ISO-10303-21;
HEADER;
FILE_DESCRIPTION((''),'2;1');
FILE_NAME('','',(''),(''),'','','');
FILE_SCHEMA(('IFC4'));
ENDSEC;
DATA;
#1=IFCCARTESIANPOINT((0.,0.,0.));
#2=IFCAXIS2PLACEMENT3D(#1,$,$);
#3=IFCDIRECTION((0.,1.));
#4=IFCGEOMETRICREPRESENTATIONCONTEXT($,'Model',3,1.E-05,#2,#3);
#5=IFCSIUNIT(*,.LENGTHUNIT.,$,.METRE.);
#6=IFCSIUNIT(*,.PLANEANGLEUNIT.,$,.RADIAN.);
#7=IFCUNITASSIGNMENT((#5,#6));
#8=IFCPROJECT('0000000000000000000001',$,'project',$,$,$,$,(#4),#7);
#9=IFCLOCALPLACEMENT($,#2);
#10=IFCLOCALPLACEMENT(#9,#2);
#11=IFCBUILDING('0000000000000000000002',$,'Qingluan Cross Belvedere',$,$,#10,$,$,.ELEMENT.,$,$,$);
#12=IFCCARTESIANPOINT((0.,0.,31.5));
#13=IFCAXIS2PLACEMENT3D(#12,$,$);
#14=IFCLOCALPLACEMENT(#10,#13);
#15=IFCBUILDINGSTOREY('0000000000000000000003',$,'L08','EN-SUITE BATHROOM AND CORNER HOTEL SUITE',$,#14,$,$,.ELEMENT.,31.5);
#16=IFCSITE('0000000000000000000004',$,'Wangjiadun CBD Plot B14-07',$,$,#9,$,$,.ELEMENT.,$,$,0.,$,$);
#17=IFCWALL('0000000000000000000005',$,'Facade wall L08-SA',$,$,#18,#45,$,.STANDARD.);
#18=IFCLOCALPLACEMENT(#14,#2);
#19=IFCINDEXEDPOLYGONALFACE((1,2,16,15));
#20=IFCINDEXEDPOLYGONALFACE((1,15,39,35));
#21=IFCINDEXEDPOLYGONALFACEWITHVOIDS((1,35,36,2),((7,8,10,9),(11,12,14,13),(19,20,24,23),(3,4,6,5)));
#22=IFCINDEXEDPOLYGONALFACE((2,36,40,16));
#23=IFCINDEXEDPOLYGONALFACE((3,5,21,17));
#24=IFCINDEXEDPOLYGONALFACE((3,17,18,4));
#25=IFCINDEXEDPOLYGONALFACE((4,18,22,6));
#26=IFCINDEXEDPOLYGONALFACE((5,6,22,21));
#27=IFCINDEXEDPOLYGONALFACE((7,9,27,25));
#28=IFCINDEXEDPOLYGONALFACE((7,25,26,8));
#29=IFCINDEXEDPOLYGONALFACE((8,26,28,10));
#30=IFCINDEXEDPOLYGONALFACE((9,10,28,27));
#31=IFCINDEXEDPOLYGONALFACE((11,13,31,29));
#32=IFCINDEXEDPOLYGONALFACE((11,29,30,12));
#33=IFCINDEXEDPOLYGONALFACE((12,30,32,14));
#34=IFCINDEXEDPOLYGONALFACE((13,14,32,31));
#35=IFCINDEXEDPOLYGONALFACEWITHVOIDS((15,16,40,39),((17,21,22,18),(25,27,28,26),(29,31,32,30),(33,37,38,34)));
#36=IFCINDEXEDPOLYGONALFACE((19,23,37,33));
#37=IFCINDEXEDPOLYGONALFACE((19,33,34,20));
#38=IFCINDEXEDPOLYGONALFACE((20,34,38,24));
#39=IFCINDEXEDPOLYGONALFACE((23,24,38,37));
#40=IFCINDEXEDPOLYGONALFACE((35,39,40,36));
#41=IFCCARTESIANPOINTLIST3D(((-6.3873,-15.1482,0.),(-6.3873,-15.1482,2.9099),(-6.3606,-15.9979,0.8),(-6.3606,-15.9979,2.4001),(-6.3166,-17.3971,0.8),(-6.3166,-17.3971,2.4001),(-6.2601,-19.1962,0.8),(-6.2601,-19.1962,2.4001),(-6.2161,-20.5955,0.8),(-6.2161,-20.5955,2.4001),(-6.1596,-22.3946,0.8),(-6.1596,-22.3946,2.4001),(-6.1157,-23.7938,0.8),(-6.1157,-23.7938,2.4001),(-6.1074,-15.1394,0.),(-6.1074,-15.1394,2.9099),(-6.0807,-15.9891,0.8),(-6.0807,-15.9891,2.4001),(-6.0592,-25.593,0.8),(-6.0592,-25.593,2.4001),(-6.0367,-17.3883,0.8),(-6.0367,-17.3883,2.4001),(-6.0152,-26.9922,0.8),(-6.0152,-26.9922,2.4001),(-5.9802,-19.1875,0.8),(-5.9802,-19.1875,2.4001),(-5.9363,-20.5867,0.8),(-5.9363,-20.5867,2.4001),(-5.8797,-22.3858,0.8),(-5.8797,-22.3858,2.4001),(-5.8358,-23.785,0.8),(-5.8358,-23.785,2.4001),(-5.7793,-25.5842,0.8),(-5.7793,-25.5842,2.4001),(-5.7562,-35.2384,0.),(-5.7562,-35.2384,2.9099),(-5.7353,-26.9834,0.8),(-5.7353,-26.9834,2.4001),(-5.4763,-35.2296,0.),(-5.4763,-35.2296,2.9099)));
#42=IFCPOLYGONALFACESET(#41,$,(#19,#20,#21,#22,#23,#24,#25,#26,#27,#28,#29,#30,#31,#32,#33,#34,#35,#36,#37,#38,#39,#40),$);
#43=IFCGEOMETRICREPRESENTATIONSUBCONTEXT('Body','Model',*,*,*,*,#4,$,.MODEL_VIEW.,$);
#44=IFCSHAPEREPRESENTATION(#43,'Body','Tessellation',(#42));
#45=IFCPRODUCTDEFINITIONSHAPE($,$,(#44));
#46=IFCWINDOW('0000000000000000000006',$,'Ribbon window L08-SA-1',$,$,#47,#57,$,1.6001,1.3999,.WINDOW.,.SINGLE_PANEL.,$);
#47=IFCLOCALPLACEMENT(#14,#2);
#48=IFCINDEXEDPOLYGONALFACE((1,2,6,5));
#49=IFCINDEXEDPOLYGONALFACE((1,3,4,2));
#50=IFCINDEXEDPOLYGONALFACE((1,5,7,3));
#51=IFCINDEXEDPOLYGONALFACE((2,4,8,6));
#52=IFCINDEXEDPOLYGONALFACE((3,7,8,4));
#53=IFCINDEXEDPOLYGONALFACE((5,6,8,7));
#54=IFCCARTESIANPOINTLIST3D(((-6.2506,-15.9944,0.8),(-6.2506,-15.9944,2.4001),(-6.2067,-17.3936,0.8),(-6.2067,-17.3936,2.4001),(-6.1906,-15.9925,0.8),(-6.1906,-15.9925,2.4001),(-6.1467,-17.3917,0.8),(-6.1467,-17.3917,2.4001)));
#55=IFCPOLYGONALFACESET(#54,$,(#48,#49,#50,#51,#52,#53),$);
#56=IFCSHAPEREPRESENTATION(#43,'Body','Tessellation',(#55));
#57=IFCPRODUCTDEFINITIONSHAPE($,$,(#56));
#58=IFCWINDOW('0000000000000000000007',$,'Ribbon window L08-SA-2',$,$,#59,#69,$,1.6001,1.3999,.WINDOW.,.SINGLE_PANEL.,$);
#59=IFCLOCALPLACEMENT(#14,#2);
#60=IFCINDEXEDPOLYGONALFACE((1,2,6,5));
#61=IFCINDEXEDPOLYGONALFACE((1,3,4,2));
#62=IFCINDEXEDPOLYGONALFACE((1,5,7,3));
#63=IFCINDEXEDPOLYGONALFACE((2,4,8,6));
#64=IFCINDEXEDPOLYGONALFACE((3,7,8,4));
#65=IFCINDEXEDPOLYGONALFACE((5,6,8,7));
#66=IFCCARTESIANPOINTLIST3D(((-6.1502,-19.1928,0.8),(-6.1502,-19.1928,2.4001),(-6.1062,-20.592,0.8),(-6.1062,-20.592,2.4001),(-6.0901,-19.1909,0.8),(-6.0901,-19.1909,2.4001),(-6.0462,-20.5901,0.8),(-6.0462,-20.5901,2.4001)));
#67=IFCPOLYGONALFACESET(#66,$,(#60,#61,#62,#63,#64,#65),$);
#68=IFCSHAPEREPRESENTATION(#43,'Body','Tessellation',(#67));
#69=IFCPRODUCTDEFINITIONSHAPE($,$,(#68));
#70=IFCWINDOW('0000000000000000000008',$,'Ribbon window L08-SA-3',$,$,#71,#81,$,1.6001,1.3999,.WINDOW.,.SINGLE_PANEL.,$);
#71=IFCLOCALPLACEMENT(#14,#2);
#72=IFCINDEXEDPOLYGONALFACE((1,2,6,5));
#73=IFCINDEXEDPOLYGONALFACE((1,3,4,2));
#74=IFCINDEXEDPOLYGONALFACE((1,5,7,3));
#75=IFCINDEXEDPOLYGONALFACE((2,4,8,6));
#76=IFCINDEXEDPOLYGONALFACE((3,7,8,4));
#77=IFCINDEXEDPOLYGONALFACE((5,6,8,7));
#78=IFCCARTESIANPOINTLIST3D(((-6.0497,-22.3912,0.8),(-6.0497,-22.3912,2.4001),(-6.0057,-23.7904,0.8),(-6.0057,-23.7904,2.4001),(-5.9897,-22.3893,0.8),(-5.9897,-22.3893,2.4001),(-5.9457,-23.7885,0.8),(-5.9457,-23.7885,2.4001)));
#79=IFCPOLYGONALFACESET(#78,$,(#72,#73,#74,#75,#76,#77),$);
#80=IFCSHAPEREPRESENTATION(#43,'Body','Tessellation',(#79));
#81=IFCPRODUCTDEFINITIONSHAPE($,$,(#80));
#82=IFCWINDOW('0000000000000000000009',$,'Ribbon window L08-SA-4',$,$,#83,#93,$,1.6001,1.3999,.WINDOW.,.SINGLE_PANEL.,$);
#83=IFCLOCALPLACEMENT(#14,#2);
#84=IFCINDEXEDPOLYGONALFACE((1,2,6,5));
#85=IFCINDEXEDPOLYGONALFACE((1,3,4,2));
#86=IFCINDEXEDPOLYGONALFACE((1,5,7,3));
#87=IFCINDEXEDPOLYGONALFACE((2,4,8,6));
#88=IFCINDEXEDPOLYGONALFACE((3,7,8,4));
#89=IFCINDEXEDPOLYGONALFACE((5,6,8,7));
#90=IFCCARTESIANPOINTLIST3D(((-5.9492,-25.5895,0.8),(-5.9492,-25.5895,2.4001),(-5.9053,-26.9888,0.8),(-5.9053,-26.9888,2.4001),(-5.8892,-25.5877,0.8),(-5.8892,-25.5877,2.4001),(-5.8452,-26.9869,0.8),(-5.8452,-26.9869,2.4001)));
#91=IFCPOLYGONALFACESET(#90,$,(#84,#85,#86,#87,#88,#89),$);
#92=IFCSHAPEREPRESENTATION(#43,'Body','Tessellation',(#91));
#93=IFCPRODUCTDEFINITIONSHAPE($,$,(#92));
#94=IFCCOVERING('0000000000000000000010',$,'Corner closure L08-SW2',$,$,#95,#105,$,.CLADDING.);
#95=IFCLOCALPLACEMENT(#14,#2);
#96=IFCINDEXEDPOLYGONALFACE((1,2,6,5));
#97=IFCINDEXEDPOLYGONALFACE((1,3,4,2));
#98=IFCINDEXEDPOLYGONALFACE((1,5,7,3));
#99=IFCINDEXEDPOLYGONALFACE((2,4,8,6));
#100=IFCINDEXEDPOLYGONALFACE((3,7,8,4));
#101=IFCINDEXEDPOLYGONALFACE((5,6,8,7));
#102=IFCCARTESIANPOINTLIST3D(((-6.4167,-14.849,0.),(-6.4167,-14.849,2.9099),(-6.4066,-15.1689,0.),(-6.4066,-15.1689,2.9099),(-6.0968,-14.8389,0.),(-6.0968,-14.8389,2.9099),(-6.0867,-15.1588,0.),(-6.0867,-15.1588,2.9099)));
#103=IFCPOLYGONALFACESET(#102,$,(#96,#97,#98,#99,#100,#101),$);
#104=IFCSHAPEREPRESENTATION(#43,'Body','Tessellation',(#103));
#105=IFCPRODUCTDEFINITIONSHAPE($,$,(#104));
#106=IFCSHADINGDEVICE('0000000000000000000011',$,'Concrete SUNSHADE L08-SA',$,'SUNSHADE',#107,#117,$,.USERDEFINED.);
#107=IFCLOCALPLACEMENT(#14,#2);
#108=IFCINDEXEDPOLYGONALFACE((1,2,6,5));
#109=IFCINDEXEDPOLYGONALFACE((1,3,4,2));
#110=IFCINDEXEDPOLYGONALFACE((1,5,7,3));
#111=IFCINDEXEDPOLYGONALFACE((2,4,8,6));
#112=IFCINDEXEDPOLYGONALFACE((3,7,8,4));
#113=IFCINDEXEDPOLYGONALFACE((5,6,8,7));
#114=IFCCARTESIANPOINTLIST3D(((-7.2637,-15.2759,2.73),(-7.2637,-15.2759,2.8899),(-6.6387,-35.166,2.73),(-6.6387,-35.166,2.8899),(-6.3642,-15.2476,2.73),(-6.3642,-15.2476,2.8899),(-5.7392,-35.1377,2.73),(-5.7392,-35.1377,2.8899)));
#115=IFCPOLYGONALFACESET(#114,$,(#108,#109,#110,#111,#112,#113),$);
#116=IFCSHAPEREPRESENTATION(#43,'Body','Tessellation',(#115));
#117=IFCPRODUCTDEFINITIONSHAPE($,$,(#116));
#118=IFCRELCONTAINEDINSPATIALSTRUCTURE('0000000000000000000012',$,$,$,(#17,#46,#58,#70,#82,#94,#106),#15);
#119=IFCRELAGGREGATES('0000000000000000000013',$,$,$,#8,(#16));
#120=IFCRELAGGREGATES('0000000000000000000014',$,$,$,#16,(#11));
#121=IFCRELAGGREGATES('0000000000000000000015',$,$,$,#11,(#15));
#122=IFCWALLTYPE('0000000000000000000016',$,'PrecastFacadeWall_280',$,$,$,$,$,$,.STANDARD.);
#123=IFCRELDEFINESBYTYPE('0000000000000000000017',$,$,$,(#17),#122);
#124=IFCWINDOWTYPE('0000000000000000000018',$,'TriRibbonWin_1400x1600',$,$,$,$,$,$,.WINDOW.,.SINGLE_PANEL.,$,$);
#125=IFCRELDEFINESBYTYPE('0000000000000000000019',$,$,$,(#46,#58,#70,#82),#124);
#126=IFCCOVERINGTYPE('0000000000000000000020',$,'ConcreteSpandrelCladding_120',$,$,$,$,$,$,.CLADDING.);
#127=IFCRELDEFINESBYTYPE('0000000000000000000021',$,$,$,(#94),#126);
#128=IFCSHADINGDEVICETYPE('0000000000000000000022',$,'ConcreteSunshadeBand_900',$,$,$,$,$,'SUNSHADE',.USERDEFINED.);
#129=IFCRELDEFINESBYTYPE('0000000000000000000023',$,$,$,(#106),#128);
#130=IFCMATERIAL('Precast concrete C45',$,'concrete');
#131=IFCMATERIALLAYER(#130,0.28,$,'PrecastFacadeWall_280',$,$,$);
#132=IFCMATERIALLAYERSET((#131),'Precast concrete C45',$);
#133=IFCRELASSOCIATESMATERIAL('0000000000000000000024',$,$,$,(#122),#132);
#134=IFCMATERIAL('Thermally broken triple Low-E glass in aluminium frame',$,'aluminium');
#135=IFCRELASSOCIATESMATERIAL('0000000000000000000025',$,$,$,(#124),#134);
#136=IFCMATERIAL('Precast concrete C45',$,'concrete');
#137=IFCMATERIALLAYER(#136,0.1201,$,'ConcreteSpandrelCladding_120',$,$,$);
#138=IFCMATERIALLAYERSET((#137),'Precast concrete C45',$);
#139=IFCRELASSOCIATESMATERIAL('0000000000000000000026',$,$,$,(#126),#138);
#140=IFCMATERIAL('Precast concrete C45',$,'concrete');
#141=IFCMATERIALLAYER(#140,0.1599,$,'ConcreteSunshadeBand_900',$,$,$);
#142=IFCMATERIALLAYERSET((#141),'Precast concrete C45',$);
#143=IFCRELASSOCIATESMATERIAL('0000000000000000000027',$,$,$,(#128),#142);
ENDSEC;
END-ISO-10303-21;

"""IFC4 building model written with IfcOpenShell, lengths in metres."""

from ifc_helpers import new_model, si_unit, direction, frame, frame_2d, origin, origin_2d, place, context, subcontext, project, spatial, rectangle, extrude, material, layer, layer_set, type_object, element, fill, save


model = new_model("IFC4")

# Units and contexts
model_context = context("Model", 3, precision=1e-05, world=origin(), true_north=direction((0.0, 1.0)))
body_context = subcontext(model_context, "Body", "Model", "MODEL_VIEW")
ifc_project = project(units=[si_unit("LENGTHUNIT", "METRE"), si_unit("PLANEANGLEUNIT", "RADIAN")], contexts=[model_context])

# Site, building, storey
site_placement = place(None, origin())
site = spatial("IfcSite", under=ifc_project, at=site_placement, Name="Wangjiadun CBD Plot B14-07", CompositionType="ELEMENT", RefElevation=0.0)
building_placement = place(site_placement, origin())
building = spatial("IfcBuilding", under=site, at=building_placement, Name="Qingluan Cross Belvedere", CompositionType="ELEMENT")
storey_placement = place(building_placement, frame((0.0, 0.0, 31.5)))
storey = spatial("IfcBuildingStorey", under=building, at=storey_placement, Name="L08", Description="EN-SUITE BATHROOM AND CORNER HOTEL SUITE", CompositionType="ELEMENT", Elevation=31.5)

# Wall, openings, windows
ifc_material_1 = material(Name="Precast concrete C45", Category="concrete")
ifc_layer_1 = layer(ifc_material_1, 0.28, Name="PrecastFacadeWall_280")
ifc_layer_set_1 = layer_set([ifc_layer_1], Name="Precast concrete C45")
wall_type_1 = type_object("IfcWallType", Name="PrecastFacadeWall_280", PredefinedType="STANDARD", material=ifc_layer_set_1)
wall_1_placement = place(storey_placement, frame((-6.2473, -15.1438, 0.0), z_axis=(0.0, 0.0, 1.0), x_axis=(0.031398, -0.999507, 0.0)))
wall_1 = element("IfcWall", 1, at=wall_1_placement, inside=storey, type_object=wall_type_1, Name="Facade wall L08-SA", PredefinedType="STANDARD", context=body_context, shape_type="SweptSolid", body=[
    extrude(rectangle(XDim=20.1001, YDim=0.28, at=frame_2d((10.05, 0.0))), origin(), (0.0, 0.0, 1.0), 2.9099),
])
opening_1_placement = place(wall_1_placement, frame((0.8501, 0.0, 0.8)))
opening_1 = element("IfcOpeningElement", 2, at=opening_1_placement, cuts=wall_1, PredefinedType="OPENING", context=body_context, shape_type="SweptSolid", body=[
    extrude(rectangle(XDim=1.3999, YDim=1.6001, at=frame_2d((0.7, 0.8))), frame((0.0, 0.1499, 0.0), z_axis=(0.0, -1.0, 0.0), x_axis=(1.0, 0.0, 0.0)), (0.0, 0.0, 1.0), 0.3),
])
opening_2_placement = place(wall_1_placement, frame((4.05, 0.0, 0.8)))
opening_2 = element("IfcOpeningElement", 3, at=opening_2_placement, cuts=wall_1, PredefinedType="OPENING", context=body_context, shape_type="SweptSolid", body=[
    extrude(rectangle(XDim=1.3999, YDim=1.6001, at=frame_2d((0.7, 0.8))), frame((0.0, 0.1499, 0.0), z_axis=(0.0, -1.0, 0.0), x_axis=(1.0, 0.0, 0.0)), (0.0, 0.0, 1.0), 0.3),
])
opening_3_placement = place(wall_1_placement, frame((7.25, 0.0, 0.8)))
opening_3 = element("IfcOpeningElement", 4, at=opening_3_placement, cuts=wall_1, PredefinedType="OPENING", context=body_context, shape_type="SweptSolid", body=[
    extrude(rectangle(XDim=1.3999, YDim=1.6001, at=frame_2d((0.7, 0.8))), frame((0.0, 0.1499, 0.0), z_axis=(0.0, -1.0, 0.0), x_axis=(1.0, 0.0, 0.0)), (0.0, 0.0, 1.0), 0.3),
])
opening_4_placement = place(wall_1_placement, frame((10.45, 0.0, 0.8)))
opening_4 = element("IfcOpeningElement", 5, at=opening_4_placement, cuts=wall_1, PredefinedType="OPENING", context=body_context, shape_type="SweptSolid", body=[
    extrude(rectangle(XDim=1.3999, YDim=1.6001, at=frame_2d((0.7, 0.8))), frame((0.0, 0.1499, 0.0), z_axis=(0.0, -1.0, 0.0), x_axis=(1.0, 0.0, 0.0)), (0.0, 0.0, 1.0), 0.3),
])
ifc_material_2 = material(Name="Thermally broken triple Low-E glass in aluminium frame", Category="aluminium")
window_type = type_object("IfcWindowType", Name="TriRibbonWin_1400x1600", PartitioningType="SINGLE_PANEL", PredefinedType="WINDOW", material=ifc_material_2)
window_1_placement = place(opening_1_placement, origin())
window_1 = element("IfcWindow", 6, at=window_1_placement, inside=storey, type_object=window_type, Name="Ribbon window L08-SA-1", OverallHeight=1.6001, OverallWidth=1.3999, PartitioningType="SINGLE_PANEL", PredefinedType="WINDOW", context=body_context, shape_type="SweptSolid", body=[
    extrude(rectangle(XDim=1.3999, YDim=1.6001, at=frame_2d((0.7, 0.8))), frame((0.0, 0.03, 0.0), z_axis=(0.0, -1.0, 0.0), x_axis=(1.0, 0.0, 0.0)), (0.0, 0.0, 1.0), 0.0601),
])
fill(opening_1, window_1)
window_2_placement = place(opening_2_placement, origin())
window_2 = element("IfcWindow", 7, at=window_2_placement, inside=storey, type_object=window_type, Name="Ribbon window L08-SA-2", OverallHeight=1.6001, OverallWidth=1.3999, PartitioningType="SINGLE_PANEL", PredefinedType="WINDOW", context=body_context, shape_type="SweptSolid", body=[
    extrude(rectangle(XDim=1.3999, YDim=1.6001, at=frame_2d((0.7, 0.8))), frame((0.0, 0.03, 0.0), z_axis=(0.0, -1.0, 0.0), x_axis=(1.0, 0.0, 0.0)), (0.0, 0.0, 1.0), 0.0601),
])
fill(opening_2, window_2)
window_3_placement = place(opening_3_placement, origin())
window_3 = element("IfcWindow", 8, at=window_3_placement, inside=storey, type_object=window_type, Name="Ribbon window L08-SA-3", OverallHeight=1.6001, OverallWidth=1.3999, PartitioningType="SINGLE_PANEL", PredefinedType="WINDOW", context=body_context, shape_type="SweptSolid", body=[
    extrude(rectangle(XDim=1.3999, YDim=1.6001, at=frame_2d((0.7, 0.8))), frame((0.0, 0.03, 0.0), z_axis=(0.0, -1.0, 0.0), x_axis=(1.0, 0.0, 0.0)), (0.0, 0.0, 1.0), 0.0601),
])
fill(opening_3, window_3)
window_4_placement = place(opening_4_placement, origin())
window_4 = element("IfcWindow", 9, at=window_4_placement, inside=storey, type_object=window_type, Name="Ribbon window L08-SA-4", OverallHeight=1.6001, OverallWidth=1.3999, PartitioningType="SINGLE_PANEL", PredefinedType="WINDOW", context=body_context, shape_type="SweptSolid", body=[
    extrude(rectangle(XDim=1.3999, YDim=1.6001, at=frame_2d((0.7, 0.8))), frame((0.0, 0.03, 0.0), z_axis=(0.0, -1.0, 0.0), x_axis=(1.0, 0.0, 0.0)), (0.0, 0.0, 1.0), 0.0601),
])
fill(opening_4, window_4)

# Covering
ifc_material_3 = material(Name="Precast concrete C45", Category="concrete")
ifc_layer_2 = layer(ifc_material_3, 0.1201, Name="ConcreteSpandrelCladding_120")
ifc_layer_set_2 = layer_set([ifc_layer_2], Name="Precast concrete C45")
covering_type = type_object("IfcCoveringType", Name="ConcreteSpandrelCladding_120", PredefinedType="CLADDING", material=ifc_layer_set_2)
covering_placement = place(storey_placement, frame((-6.2517, -15.0039, 0.0), z_axis=(0.0, 0.0, 1.0), x_axis=(0.999507, 0.031411, 0.0)))
element("IfcCovering", 10, at=covering_placement, inside=storey, type_object=covering_type, Name="Corner closure L08-SW2", PredefinedType="CLADDING", context=body_context, shape_type="SweptSolid", body=[
    extrude(rectangle(XDim=0.3201, YDim=0.3201, at=origin_2d()), origin(), (0.0, 0.0, 1.0), 2.9099),
])

# Shading device
ifc_material_4 = material(Name="Precast concrete C45", Category="concrete")
ifc_layer_3 = layer(ifc_material_4, 0.1599, Name="ConcreteSunshadeBand_900")
ifc_layer_set_3 = layer_set([ifc_layer_3], Name="Precast concrete C45")
shading_device_type = type_object("IfcShadingDeviceType", Name="ConcreteSunshadeBand_900", ElementType="SUNSHADE", PredefinedType="USERDEFINED", material=ifc_layer_set_3)
shading_device_placement = place(storey_placement, frame((-6.5015, -25.2068, 2.73), z_axis=(0.0, 0.0, 1.0), x_axis=(0.031408, -0.999507, 0.0)))
element("IfcShadingDevice", 11, at=shading_device_placement, inside=storey, type_object=shading_device_type, Name="Concrete SUNSHADE L08-SA", ObjectType="SUNSHADE", PredefinedType="USERDEFINED", context=body_context, shape_type="SweptSolid", body=[
    extrude(rectangle(XDim=19.8999, YDim=0.8999, at=origin_2d()), origin(), (0.0, 0.0, 1.0), 0.1599),
])

save(model, "model.ifc")
